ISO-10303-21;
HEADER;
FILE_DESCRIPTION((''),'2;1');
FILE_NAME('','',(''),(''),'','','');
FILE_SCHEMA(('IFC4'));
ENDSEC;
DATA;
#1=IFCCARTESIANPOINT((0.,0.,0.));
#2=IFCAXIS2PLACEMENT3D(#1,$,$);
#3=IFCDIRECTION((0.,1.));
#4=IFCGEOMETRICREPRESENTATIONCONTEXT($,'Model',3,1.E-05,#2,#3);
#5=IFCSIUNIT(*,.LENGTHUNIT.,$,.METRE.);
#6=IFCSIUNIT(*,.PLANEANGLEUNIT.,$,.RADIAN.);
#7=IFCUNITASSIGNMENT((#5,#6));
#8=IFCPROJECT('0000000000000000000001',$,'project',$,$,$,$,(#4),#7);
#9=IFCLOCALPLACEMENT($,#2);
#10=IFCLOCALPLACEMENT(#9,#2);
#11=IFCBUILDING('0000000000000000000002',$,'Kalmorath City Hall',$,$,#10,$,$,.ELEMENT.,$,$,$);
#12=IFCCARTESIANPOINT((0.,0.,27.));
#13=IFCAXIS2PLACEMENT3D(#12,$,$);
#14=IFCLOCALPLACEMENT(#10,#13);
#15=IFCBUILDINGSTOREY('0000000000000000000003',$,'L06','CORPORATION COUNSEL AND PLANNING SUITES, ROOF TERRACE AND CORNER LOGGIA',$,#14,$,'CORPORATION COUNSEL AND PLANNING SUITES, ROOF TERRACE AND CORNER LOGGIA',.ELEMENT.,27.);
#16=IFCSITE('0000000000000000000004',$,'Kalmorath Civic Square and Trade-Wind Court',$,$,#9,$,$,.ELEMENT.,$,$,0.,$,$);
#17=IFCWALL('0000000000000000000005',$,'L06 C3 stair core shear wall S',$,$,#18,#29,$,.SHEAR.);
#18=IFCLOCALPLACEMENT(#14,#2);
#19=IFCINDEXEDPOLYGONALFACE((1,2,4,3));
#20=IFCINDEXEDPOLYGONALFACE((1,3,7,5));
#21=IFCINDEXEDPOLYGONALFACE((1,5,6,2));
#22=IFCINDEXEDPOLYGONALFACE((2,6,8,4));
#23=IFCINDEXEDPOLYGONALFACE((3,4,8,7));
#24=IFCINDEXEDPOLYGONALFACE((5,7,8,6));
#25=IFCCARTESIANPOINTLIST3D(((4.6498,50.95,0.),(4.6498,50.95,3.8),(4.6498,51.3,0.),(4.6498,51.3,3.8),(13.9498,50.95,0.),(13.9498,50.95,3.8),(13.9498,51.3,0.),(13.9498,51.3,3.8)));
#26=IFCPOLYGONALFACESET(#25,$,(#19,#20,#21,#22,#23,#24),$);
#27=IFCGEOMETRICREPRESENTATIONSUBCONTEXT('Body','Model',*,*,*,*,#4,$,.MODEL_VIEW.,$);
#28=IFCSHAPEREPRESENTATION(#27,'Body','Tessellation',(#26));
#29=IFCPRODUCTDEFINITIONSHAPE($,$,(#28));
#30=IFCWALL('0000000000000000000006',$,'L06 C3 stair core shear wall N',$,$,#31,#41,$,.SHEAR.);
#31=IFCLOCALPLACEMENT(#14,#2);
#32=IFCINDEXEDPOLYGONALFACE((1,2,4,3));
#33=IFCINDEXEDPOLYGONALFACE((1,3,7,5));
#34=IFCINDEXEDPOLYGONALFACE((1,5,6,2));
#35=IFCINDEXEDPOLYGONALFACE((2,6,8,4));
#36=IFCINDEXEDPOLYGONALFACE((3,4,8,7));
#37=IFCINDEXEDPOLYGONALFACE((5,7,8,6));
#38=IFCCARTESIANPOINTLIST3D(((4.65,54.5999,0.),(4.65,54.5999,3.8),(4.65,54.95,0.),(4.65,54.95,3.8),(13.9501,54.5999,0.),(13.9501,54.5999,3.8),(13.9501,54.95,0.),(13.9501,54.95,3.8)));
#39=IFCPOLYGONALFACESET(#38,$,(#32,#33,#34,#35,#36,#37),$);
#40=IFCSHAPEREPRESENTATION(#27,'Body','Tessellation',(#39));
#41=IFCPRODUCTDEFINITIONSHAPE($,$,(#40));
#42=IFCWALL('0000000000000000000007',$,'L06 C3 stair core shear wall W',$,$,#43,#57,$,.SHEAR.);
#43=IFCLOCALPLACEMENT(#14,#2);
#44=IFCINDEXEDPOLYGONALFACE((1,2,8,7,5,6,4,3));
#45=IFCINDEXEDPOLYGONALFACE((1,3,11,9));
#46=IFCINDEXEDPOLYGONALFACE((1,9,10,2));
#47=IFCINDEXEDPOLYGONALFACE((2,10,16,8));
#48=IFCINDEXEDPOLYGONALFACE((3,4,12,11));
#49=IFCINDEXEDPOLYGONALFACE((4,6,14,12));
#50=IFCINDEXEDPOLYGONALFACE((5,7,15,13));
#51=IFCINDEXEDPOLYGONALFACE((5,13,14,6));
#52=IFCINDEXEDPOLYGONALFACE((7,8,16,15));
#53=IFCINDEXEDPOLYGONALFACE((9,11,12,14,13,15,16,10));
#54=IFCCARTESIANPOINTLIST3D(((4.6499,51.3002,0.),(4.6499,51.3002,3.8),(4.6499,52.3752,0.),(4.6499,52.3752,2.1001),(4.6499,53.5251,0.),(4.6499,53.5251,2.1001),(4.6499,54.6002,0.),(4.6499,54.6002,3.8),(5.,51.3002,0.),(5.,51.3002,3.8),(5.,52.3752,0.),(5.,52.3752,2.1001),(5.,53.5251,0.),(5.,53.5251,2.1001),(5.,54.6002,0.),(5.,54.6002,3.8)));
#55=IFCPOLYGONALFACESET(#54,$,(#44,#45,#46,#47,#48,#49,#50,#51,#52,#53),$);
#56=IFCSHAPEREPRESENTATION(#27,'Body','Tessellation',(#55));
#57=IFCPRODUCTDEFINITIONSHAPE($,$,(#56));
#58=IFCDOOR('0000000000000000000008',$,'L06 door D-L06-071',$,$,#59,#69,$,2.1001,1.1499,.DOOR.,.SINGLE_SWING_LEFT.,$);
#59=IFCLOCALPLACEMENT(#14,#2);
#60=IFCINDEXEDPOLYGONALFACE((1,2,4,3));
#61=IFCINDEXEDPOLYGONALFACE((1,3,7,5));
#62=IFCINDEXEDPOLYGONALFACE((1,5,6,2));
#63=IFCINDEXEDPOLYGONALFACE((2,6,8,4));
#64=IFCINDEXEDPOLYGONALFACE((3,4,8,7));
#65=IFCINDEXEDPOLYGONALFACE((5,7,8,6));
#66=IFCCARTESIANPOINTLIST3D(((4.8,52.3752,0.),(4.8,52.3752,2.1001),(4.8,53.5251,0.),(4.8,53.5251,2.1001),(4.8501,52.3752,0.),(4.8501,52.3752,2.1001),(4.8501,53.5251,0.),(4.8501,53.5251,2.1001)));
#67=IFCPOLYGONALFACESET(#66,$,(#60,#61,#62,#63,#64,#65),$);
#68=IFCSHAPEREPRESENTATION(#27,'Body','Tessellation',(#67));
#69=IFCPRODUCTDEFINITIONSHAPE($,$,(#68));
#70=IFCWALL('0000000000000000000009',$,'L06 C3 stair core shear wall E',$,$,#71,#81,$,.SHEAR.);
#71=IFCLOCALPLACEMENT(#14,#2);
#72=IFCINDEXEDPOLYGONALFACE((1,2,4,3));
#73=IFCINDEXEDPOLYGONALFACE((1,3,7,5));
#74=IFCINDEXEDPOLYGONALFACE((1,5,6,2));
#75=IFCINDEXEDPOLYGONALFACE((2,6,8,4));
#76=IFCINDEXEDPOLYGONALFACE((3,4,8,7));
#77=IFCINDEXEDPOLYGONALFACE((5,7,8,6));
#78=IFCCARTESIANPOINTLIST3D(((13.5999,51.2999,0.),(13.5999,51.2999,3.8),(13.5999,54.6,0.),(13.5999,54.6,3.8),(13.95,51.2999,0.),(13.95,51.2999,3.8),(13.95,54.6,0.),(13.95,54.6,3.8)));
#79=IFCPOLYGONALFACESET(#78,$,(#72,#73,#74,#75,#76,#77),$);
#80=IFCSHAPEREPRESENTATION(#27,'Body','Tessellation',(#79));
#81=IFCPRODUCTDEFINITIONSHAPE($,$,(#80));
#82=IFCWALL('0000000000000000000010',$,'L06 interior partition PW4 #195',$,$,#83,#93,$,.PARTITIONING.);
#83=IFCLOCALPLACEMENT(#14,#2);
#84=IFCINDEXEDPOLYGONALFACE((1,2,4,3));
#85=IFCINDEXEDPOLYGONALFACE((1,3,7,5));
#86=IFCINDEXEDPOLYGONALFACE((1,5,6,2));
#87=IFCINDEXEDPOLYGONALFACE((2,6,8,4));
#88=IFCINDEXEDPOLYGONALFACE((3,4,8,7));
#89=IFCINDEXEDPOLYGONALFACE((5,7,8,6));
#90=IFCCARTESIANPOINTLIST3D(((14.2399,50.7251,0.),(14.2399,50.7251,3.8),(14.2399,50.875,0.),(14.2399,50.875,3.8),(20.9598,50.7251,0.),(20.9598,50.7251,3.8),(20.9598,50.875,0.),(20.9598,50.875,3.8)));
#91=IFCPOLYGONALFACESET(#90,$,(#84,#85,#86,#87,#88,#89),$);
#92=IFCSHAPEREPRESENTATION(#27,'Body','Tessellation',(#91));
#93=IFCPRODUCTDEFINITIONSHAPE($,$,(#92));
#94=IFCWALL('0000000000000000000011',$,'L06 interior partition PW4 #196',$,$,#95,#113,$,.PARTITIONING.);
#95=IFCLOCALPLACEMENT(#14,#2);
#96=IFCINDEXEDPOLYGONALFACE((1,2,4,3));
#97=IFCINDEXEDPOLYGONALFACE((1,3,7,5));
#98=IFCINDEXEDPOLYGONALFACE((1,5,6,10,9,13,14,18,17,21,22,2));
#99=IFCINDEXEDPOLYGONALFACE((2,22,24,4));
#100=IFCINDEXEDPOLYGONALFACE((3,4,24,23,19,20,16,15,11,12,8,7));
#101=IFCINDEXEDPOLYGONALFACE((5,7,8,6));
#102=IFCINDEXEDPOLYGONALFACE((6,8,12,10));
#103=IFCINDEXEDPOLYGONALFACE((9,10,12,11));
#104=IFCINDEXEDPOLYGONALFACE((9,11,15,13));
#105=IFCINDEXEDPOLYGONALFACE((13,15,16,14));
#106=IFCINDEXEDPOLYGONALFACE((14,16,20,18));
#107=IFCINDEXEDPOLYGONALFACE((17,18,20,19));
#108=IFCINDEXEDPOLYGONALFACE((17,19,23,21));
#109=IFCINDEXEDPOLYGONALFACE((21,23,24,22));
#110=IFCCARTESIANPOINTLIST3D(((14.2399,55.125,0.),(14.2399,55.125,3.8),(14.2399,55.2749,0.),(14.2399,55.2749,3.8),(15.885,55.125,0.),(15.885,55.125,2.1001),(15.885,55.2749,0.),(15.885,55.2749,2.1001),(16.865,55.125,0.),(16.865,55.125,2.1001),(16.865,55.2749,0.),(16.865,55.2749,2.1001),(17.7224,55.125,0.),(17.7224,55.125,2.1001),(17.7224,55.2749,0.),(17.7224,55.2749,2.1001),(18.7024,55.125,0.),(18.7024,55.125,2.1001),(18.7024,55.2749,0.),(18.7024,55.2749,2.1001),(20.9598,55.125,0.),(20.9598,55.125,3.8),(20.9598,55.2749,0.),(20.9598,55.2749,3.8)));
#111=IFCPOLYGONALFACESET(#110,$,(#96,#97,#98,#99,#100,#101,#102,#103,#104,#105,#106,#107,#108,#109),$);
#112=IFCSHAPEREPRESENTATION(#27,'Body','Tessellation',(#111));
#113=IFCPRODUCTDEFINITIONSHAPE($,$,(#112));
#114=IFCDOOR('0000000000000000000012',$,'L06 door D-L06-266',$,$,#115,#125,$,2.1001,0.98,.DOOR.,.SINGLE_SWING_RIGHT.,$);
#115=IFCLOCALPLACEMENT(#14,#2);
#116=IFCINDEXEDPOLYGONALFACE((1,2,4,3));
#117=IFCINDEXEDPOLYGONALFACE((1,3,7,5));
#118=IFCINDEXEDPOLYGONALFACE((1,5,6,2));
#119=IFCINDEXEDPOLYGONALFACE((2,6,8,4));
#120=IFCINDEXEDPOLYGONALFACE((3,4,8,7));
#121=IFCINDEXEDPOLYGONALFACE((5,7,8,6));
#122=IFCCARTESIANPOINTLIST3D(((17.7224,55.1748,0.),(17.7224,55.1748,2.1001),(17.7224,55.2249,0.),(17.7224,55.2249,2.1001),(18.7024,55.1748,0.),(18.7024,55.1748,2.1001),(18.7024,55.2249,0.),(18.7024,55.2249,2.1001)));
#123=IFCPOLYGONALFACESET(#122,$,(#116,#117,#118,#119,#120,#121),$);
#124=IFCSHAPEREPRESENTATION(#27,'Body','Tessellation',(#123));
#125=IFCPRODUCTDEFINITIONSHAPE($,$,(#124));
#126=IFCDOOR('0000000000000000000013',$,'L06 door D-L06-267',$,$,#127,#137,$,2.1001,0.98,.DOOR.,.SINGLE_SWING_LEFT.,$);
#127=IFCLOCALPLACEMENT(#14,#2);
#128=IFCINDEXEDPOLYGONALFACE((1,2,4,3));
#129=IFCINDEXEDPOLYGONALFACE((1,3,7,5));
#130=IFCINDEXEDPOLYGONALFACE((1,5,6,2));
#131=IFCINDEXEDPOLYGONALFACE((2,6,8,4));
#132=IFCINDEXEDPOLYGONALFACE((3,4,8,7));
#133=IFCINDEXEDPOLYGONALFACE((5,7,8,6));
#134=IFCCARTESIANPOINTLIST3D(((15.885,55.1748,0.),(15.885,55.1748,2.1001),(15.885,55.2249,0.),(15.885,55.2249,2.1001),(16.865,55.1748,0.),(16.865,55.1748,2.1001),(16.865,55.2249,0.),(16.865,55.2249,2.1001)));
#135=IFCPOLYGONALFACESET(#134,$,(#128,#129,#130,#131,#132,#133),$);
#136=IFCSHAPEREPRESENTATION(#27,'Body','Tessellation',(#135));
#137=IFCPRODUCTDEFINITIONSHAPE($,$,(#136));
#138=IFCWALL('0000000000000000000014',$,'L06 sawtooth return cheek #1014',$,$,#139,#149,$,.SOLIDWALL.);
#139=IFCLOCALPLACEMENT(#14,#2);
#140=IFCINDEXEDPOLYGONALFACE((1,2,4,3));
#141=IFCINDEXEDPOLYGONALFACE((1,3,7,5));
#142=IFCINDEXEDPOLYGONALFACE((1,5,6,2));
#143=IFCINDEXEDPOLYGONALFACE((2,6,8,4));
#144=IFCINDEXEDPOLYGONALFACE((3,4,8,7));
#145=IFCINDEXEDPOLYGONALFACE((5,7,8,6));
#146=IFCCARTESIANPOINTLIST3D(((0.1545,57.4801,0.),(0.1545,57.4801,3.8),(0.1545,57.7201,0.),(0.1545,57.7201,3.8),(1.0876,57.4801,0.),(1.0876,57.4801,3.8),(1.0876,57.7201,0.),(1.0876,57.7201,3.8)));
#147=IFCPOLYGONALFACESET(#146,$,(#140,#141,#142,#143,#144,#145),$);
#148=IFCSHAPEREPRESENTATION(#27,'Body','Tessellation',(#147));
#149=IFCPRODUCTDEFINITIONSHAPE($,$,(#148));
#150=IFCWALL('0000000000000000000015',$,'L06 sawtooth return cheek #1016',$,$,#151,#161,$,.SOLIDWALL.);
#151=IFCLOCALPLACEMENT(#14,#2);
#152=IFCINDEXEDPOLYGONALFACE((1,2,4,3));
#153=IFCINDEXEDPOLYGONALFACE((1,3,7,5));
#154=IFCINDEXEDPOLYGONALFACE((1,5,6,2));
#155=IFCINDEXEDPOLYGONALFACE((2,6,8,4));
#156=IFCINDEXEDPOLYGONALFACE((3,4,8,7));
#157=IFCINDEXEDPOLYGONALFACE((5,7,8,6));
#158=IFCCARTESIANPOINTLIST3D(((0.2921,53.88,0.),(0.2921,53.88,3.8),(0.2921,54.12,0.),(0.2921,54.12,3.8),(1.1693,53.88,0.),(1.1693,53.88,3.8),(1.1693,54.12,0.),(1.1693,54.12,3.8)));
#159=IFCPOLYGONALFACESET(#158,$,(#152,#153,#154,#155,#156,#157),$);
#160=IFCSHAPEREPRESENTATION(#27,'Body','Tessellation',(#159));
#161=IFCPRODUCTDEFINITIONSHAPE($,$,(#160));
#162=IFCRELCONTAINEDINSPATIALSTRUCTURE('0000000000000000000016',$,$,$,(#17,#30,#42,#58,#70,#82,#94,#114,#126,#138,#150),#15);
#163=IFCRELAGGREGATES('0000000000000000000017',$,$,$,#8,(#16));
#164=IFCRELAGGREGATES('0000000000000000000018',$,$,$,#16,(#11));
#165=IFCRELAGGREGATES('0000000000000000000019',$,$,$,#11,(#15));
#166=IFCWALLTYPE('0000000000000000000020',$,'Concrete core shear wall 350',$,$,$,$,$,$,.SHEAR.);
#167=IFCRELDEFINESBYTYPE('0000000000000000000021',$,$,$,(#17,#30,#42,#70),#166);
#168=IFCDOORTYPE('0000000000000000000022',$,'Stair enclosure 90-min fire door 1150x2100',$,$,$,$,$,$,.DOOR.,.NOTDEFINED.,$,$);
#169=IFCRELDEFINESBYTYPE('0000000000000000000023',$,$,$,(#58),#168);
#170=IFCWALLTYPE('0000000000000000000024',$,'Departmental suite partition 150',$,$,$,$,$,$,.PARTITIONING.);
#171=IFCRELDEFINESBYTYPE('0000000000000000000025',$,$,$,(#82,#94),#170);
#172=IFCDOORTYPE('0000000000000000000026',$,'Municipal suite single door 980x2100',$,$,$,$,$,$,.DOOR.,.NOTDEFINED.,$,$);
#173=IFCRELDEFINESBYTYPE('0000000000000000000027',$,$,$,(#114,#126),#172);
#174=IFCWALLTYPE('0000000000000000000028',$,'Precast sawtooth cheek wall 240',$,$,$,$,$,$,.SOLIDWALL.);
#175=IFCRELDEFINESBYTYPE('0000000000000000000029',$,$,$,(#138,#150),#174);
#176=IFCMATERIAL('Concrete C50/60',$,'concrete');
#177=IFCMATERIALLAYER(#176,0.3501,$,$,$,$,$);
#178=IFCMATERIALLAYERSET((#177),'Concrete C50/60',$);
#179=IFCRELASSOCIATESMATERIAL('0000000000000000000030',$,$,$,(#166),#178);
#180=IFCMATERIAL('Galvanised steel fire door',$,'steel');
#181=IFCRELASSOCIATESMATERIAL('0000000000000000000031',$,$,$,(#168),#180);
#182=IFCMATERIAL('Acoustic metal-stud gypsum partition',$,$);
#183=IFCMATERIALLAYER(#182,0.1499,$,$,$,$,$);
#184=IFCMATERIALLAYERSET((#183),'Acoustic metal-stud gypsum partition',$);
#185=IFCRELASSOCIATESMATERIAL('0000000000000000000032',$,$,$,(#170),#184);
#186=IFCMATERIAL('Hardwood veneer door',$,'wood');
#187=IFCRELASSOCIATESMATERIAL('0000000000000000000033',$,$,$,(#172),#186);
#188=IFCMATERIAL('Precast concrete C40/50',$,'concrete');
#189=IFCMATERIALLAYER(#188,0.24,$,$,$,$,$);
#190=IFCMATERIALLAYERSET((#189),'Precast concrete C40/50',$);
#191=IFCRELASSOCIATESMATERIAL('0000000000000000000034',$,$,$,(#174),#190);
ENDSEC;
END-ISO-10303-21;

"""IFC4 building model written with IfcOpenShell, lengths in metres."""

from ifc_helpers import new_model, si_unit, direction, frame, frame_2d, origin, place, context, subcontext, project, spatial, rectangle, extrude, material, layer, layer_set, type_object, element, fill, save


model = new_model("IFC4")

# Units and contexts
model_context = context("Model", 3, precision=1e-05, world=origin(), true_north=direction((0.0, 1.0)))
body_context = subcontext(model_context, "Body", "Model", "MODEL_VIEW")
ifc_project = project(units=[si_unit("LENGTHUNIT", "METRE"), si_unit("PLANEANGLEUNIT", "RADIAN")], contexts=[model_context])

# Site, building, storey
site_placement = place(None, origin())
site = spatial("IfcSite", under=ifc_project, at=site_placement, Name="Kalmorath Civic Square and Trade-Wind Court", CompositionType="ELEMENT", RefElevation=0.0)
building_placement = place(site_placement, origin())
building = spatial("IfcBuilding", under=site, at=building_placement, Name="Kalmorath City Hall", CompositionType="ELEMENT")
storey_placement = place(building_placement, frame((0.0, 0.0, 27.0)))
storey = spatial("IfcBuildingStorey", under=building, at=storey_placement, Name="L06", Description="CORPORATION COUNSEL AND PLANNING SUITES, ROOF TERRACE AND CORNER LOGGIA", LongName="CORPORATION COUNSEL AND PLANNING SUITES, ROOF TERRACE AND CORNER LOGGIA", CompositionType="ELEMENT", Elevation=27.0)

# Walls
ifc_material_1 = material(Name="Concrete C50/60", Category="concrete")
ifc_layer_1 = layer(ifc_material_1, 0.3501)
ifc_layer_set_1 = layer_set([ifc_layer_1], Name="Concrete C50/60")
wall_type_1 = type_object("IfcWallType", Name="Concrete core shear wall 350", PredefinedType="SHEAR", material=ifc_layer_set_1)
for number, where, z_axis, x_axis, name in (
    (1, (4.6499, 51.125, 0.0), (0.0, 0.0, 1.0), (1.0, 0.0, 0.0), "L06 C3 stair core shear wall S"),
    (2, (13.95, 54.7749, 0.0), (0.0, 0.0, 1.0), (-1.0, 0.0, 0.0), "L06 C3 stair core shear wall N"),
):
    element("IfcWall", number, at=place(storey_placement, frame(where, z_axis=z_axis, x_axis=x_axis)), inside=storey, type_object=wall_type_1, Name=name, PredefinedType="SHEAR", context=body_context, shape_type="SweptSolid", body=[
        extrude(rectangle(XDim=9.3, YDim=0.3501, at=frame_2d((4.6499, 0.0))), origin(), (0.0, 0.0, 1.0), 3.8),
    ])

# Wall, opening, door
wall_1_placement = place(storey_placement, frame((4.825, 54.6001, 0.0), z_axis=(0.0, 0.0, 1.0), x_axis=(0.0, -1.0, 0.0)))
wall_1 = element("IfcWall", 3, at=wall_1_placement, inside=storey, type_object=wall_type_1, Name="L06 C3 stair core shear wall W", PredefinedType="SHEAR", context=body_context, shape_type="SweptSolid", body=[
    extrude(rectangle(XDim=3.3, YDim=0.3501, at=frame_2d((1.6499, 0.0))), origin(), (0.0, 0.0, 1.0), 3.8),
])
opening_1_placement = place(wall_1_placement, frame((1.075, 0.0, 0.0)))
opening_1 = element("IfcOpeningElement", 4, at=opening_1_placement, cuts=wall_1, PredefinedType="OPENING", context=body_context, shape_type="SweptSolid", body=[
    extrude(rectangle(XDim=1.1499, YDim=2.1001, at=frame_2d((0.575, 1.05))), frame((0.0, 0.1851, 0.0), z_axis=(0.0, -1.0, 0.0), x_axis=(1.0, 0.0, 0.0)), (0.0, 0.0, 1.0), 0.3701),
])
ifc_material_2 = material(Name="Galvanised steel fire door", Category="steel")
door_type_1 = type_object("IfcDoorType", Name="Stair enclosure 90-min fire door 1150x2100", OperationType="NOTDEFINED", PredefinedType="DOOR", material=ifc_material_2)
door_1_placement = place(opening_1_placement, frame((1.1499, 0.0, 0.0), z_axis=(0.0, 0.0, 1.0), x_axis=(-1.0, 0.0, 0.0)))
door_1 = element("IfcDoor", 5, at=door_1_placement, inside=storey, type_object=door_type_1, Name="L06 door D-L06-071", OperationType="SINGLE_SWING_LEFT", OverallHeight=2.1001, OverallWidth=1.1499, PredefinedType="DOOR", context=body_context, shape_type="SweptSolid", body=[
    extrude(rectangle(XDim=1.1499, YDim=2.1001, at=frame_2d((0.575, 1.05))), frame((0.0, 0.0249, 0.0), z_axis=(0.0, -1.0, 0.0), x_axis=(1.0, 0.0, 0.0)), (0.0, 0.0, 1.0), 0.05),
])
fill(opening_1, door_1)

# Walls
wall_2_placement = place(storey_placement, frame((13.7749, 51.3, 0.0), z_axis=(0.0, 0.0, 1.0), x_axis=(0.0, 1.0, 0.0)))
element("IfcWall", 6, at=wall_2_placement, inside=storey, type_object=wall_type_1, Name="L06 C3 stair core shear wall E", PredefinedType="SHEAR", context=body_context, shape_type="SweptSolid", body=[
    extrude(rectangle(XDim=3.3, YDim=0.3501, at=frame_2d((1.6499, 0.0))), origin(), (0.0, 0.0, 1.0), 3.8),
])
ifc_material_3 = material(Name="Acoustic metal-stud gypsum partition")
ifc_layer_2 = layer(ifc_material_3, 0.1499)
ifc_layer_set_2 = layer_set([ifc_layer_2], Name="Acoustic metal-stud gypsum partition")
wall_type_2 = type_object("IfcWallType", Name="Departmental suite partition 150", PredefinedType="PARTITIONING", material=ifc_layer_set_2)
wall_3_placement = place(storey_placement, frame((14.24, 50.8, 0.0), z_axis=(0.0, 0.0, 1.0), x_axis=(1.0, 0.0, 0.0)))
element("IfcWall", 7, at=wall_3_placement, inside=storey, type_object=wall_type_2, Name="L06 interior partition PW4 #195", PredefinedType="PARTITIONING", context=body_context, shape_type="SweptSolid", body=[
    extrude(rectangle(XDim=6.72, YDim=0.1499, at=frame_2d((3.3599, 0.0))), origin(), (0.0, 0.0, 1.0), 3.8),
])

# Wall, openings, doors
wall_4_placement = place(storey_placement, frame((14.24, 55.2, 0.0), z_axis=(0.0, 0.0, 1.0), x_axis=(1.0, 0.0, 0.0)))
wall_4 = element("IfcWall", 8, at=wall_4_placement, inside=storey, type_object=wall_type_2, Name="L06 interior partition PW4 #196", PredefinedType="PARTITIONING", context=body_context, shape_type="SweptSolid", body=[
    extrude(rectangle(XDim=6.72, YDim=0.1499, at=frame_2d((3.3599, 0.0))), origin(), (0.0, 0.0, 1.0), 3.8),
])
opening_2_placement = place(wall_4_placement, frame((3.4824, 0.0, 0.0)))
opening_2 = element("IfcOpeningElement", 9, at=opening_2_placement, cuts=wall_4, PredefinedType="OPENING", context=body_context, shape_type="SweptSolid", body=[
    extrude(rectangle(XDim=0.98, YDim=2.1001, at=frame_2d((0.49, 1.05))), frame((0.0, 0.085, 0.0), z_axis=(0.0, -1.0, 0.0), x_axis=(1.0, 0.0, 0.0)), (0.0, 0.0, 1.0), 0.1699),
])
opening_3_placement = place(wall_4_placement, frame((1.645, 0.0, 0.0)))
opening_3 = element("IfcOpeningElement", 10, at=opening_3_placement, cuts=wall_4, PredefinedType="OPENING", context=body_context, shape_type="SweptSolid", body=[
    extrude(rectangle(XDim=0.98, YDim=2.1001, at=frame_2d((0.49, 1.05))), frame((0.0, 0.085, 0.0), z_axis=(0.0, -1.0, 0.0), x_axis=(1.0, 0.0, 0.0)), (0.0, 0.0, 1.0), 0.1699),
])
ifc_material_4 = material(Name="Hardwood veneer door", Category="wood")
door_type_2 = type_object("IfcDoorType", Name="Municipal suite single door 980x2100", OperationType="NOTDEFINED", PredefinedType="DOOR", material=ifc_material_4)
door_2_placement = place(opening_2_placement, origin())
door_2 = element("IfcDoor", 11, at=door_2_placement, inside=storey, type_object=door_type_2, Name="L06 door D-L06-266", OperationType="SINGLE_SWING_RIGHT", OverallHeight=2.1001, OverallWidth=0.98, PredefinedType="DOOR", context=body_context, shape_type="SweptSolid", body=[
    extrude(rectangle(XDim=0.98, YDim=2.1001, at=frame_2d((0.49, 1.05))), frame((0.0, 0.0249, 0.0), z_axis=(0.0, -1.0, 0.0), x_axis=(1.0, 0.0, 0.0)), (0.0, 0.0, 1.0), 0.05),
])
fill(opening_2, door_2)
door_3_placement = place(opening_3_placement, origin())
door_3 = element("IfcDoor", 12, at=door_3_placement, inside=storey, type_object=door_type_2, Name="L06 door D-L06-267", OperationType="SINGLE_SWING_LEFT", OverallHeight=2.1001, OverallWidth=0.98, PredefinedType="DOOR", context=body_context, shape_type="SweptSolid", body=[
    extrude(rectangle(XDim=0.98, YDim=2.1001, at=frame_2d((0.49, 1.05))), frame((0.0, 0.0249, 0.0), z_axis=(0.0, -1.0, 0.0), x_axis=(1.0, 0.0, 0.0)), (0.0, 0.0, 1.0), 0.05),
])
fill(opening_3, door_3)

# Walls
ifc_material_5 = material(Name="Precast concrete C40/50", Category="concrete")
ifc_layer_3 = layer(ifc_material_5, 0.24)
ifc_layer_set_3 = layer_set([ifc_layer_3], Name="Precast concrete C40/50")
wall_type_3 = type_object("IfcWallType", Name="Precast sawtooth cheek wall 240", PredefinedType="SOLIDWALL", material=ifc_layer_set_3)
wall_5_placement = place(storey_placement, frame((1.0876, 57.6001, 0.0), z_axis=(0.0, 0.0, 1.0), x_axis=(-1.0, 0.0, 0.0)))
element("IfcWall", 13, at=wall_5_placement, inside=storey, type_object=wall_type_3, Name="L06 sawtooth return cheek #1014", PredefinedType="SOLIDWALL", context=body_context, shape_type="SweptSolid", body=[
    extrude(rectangle(XDim=0.9331, YDim=0.24, at=frame_2d((0.4666, 0.0))), origin(), (0.0, 0.0, 1.0), 3.8),
])
wall_6_placement = place(storey_placement, frame((1.1692, 54.0, 0.0), z_axis=(0.0, 0.0, 1.0), x_axis=(-1.0, 0.0, 0.0)))
element("IfcWall", 14, at=wall_6_placement, inside=storey, type_object=wall_type_3, Name="L06 sawtooth return cheek #1016", PredefinedType="SOLIDWALL", context=body_context, shape_type="SweptSolid", body=[
    extrude(rectangle(XDim=0.8772, YDim=0.24, at=frame_2d((0.4385, 0.0))), origin(), (0.0, 0.0, 1.0), 3.8),
])

save(model, "model.ifc")
